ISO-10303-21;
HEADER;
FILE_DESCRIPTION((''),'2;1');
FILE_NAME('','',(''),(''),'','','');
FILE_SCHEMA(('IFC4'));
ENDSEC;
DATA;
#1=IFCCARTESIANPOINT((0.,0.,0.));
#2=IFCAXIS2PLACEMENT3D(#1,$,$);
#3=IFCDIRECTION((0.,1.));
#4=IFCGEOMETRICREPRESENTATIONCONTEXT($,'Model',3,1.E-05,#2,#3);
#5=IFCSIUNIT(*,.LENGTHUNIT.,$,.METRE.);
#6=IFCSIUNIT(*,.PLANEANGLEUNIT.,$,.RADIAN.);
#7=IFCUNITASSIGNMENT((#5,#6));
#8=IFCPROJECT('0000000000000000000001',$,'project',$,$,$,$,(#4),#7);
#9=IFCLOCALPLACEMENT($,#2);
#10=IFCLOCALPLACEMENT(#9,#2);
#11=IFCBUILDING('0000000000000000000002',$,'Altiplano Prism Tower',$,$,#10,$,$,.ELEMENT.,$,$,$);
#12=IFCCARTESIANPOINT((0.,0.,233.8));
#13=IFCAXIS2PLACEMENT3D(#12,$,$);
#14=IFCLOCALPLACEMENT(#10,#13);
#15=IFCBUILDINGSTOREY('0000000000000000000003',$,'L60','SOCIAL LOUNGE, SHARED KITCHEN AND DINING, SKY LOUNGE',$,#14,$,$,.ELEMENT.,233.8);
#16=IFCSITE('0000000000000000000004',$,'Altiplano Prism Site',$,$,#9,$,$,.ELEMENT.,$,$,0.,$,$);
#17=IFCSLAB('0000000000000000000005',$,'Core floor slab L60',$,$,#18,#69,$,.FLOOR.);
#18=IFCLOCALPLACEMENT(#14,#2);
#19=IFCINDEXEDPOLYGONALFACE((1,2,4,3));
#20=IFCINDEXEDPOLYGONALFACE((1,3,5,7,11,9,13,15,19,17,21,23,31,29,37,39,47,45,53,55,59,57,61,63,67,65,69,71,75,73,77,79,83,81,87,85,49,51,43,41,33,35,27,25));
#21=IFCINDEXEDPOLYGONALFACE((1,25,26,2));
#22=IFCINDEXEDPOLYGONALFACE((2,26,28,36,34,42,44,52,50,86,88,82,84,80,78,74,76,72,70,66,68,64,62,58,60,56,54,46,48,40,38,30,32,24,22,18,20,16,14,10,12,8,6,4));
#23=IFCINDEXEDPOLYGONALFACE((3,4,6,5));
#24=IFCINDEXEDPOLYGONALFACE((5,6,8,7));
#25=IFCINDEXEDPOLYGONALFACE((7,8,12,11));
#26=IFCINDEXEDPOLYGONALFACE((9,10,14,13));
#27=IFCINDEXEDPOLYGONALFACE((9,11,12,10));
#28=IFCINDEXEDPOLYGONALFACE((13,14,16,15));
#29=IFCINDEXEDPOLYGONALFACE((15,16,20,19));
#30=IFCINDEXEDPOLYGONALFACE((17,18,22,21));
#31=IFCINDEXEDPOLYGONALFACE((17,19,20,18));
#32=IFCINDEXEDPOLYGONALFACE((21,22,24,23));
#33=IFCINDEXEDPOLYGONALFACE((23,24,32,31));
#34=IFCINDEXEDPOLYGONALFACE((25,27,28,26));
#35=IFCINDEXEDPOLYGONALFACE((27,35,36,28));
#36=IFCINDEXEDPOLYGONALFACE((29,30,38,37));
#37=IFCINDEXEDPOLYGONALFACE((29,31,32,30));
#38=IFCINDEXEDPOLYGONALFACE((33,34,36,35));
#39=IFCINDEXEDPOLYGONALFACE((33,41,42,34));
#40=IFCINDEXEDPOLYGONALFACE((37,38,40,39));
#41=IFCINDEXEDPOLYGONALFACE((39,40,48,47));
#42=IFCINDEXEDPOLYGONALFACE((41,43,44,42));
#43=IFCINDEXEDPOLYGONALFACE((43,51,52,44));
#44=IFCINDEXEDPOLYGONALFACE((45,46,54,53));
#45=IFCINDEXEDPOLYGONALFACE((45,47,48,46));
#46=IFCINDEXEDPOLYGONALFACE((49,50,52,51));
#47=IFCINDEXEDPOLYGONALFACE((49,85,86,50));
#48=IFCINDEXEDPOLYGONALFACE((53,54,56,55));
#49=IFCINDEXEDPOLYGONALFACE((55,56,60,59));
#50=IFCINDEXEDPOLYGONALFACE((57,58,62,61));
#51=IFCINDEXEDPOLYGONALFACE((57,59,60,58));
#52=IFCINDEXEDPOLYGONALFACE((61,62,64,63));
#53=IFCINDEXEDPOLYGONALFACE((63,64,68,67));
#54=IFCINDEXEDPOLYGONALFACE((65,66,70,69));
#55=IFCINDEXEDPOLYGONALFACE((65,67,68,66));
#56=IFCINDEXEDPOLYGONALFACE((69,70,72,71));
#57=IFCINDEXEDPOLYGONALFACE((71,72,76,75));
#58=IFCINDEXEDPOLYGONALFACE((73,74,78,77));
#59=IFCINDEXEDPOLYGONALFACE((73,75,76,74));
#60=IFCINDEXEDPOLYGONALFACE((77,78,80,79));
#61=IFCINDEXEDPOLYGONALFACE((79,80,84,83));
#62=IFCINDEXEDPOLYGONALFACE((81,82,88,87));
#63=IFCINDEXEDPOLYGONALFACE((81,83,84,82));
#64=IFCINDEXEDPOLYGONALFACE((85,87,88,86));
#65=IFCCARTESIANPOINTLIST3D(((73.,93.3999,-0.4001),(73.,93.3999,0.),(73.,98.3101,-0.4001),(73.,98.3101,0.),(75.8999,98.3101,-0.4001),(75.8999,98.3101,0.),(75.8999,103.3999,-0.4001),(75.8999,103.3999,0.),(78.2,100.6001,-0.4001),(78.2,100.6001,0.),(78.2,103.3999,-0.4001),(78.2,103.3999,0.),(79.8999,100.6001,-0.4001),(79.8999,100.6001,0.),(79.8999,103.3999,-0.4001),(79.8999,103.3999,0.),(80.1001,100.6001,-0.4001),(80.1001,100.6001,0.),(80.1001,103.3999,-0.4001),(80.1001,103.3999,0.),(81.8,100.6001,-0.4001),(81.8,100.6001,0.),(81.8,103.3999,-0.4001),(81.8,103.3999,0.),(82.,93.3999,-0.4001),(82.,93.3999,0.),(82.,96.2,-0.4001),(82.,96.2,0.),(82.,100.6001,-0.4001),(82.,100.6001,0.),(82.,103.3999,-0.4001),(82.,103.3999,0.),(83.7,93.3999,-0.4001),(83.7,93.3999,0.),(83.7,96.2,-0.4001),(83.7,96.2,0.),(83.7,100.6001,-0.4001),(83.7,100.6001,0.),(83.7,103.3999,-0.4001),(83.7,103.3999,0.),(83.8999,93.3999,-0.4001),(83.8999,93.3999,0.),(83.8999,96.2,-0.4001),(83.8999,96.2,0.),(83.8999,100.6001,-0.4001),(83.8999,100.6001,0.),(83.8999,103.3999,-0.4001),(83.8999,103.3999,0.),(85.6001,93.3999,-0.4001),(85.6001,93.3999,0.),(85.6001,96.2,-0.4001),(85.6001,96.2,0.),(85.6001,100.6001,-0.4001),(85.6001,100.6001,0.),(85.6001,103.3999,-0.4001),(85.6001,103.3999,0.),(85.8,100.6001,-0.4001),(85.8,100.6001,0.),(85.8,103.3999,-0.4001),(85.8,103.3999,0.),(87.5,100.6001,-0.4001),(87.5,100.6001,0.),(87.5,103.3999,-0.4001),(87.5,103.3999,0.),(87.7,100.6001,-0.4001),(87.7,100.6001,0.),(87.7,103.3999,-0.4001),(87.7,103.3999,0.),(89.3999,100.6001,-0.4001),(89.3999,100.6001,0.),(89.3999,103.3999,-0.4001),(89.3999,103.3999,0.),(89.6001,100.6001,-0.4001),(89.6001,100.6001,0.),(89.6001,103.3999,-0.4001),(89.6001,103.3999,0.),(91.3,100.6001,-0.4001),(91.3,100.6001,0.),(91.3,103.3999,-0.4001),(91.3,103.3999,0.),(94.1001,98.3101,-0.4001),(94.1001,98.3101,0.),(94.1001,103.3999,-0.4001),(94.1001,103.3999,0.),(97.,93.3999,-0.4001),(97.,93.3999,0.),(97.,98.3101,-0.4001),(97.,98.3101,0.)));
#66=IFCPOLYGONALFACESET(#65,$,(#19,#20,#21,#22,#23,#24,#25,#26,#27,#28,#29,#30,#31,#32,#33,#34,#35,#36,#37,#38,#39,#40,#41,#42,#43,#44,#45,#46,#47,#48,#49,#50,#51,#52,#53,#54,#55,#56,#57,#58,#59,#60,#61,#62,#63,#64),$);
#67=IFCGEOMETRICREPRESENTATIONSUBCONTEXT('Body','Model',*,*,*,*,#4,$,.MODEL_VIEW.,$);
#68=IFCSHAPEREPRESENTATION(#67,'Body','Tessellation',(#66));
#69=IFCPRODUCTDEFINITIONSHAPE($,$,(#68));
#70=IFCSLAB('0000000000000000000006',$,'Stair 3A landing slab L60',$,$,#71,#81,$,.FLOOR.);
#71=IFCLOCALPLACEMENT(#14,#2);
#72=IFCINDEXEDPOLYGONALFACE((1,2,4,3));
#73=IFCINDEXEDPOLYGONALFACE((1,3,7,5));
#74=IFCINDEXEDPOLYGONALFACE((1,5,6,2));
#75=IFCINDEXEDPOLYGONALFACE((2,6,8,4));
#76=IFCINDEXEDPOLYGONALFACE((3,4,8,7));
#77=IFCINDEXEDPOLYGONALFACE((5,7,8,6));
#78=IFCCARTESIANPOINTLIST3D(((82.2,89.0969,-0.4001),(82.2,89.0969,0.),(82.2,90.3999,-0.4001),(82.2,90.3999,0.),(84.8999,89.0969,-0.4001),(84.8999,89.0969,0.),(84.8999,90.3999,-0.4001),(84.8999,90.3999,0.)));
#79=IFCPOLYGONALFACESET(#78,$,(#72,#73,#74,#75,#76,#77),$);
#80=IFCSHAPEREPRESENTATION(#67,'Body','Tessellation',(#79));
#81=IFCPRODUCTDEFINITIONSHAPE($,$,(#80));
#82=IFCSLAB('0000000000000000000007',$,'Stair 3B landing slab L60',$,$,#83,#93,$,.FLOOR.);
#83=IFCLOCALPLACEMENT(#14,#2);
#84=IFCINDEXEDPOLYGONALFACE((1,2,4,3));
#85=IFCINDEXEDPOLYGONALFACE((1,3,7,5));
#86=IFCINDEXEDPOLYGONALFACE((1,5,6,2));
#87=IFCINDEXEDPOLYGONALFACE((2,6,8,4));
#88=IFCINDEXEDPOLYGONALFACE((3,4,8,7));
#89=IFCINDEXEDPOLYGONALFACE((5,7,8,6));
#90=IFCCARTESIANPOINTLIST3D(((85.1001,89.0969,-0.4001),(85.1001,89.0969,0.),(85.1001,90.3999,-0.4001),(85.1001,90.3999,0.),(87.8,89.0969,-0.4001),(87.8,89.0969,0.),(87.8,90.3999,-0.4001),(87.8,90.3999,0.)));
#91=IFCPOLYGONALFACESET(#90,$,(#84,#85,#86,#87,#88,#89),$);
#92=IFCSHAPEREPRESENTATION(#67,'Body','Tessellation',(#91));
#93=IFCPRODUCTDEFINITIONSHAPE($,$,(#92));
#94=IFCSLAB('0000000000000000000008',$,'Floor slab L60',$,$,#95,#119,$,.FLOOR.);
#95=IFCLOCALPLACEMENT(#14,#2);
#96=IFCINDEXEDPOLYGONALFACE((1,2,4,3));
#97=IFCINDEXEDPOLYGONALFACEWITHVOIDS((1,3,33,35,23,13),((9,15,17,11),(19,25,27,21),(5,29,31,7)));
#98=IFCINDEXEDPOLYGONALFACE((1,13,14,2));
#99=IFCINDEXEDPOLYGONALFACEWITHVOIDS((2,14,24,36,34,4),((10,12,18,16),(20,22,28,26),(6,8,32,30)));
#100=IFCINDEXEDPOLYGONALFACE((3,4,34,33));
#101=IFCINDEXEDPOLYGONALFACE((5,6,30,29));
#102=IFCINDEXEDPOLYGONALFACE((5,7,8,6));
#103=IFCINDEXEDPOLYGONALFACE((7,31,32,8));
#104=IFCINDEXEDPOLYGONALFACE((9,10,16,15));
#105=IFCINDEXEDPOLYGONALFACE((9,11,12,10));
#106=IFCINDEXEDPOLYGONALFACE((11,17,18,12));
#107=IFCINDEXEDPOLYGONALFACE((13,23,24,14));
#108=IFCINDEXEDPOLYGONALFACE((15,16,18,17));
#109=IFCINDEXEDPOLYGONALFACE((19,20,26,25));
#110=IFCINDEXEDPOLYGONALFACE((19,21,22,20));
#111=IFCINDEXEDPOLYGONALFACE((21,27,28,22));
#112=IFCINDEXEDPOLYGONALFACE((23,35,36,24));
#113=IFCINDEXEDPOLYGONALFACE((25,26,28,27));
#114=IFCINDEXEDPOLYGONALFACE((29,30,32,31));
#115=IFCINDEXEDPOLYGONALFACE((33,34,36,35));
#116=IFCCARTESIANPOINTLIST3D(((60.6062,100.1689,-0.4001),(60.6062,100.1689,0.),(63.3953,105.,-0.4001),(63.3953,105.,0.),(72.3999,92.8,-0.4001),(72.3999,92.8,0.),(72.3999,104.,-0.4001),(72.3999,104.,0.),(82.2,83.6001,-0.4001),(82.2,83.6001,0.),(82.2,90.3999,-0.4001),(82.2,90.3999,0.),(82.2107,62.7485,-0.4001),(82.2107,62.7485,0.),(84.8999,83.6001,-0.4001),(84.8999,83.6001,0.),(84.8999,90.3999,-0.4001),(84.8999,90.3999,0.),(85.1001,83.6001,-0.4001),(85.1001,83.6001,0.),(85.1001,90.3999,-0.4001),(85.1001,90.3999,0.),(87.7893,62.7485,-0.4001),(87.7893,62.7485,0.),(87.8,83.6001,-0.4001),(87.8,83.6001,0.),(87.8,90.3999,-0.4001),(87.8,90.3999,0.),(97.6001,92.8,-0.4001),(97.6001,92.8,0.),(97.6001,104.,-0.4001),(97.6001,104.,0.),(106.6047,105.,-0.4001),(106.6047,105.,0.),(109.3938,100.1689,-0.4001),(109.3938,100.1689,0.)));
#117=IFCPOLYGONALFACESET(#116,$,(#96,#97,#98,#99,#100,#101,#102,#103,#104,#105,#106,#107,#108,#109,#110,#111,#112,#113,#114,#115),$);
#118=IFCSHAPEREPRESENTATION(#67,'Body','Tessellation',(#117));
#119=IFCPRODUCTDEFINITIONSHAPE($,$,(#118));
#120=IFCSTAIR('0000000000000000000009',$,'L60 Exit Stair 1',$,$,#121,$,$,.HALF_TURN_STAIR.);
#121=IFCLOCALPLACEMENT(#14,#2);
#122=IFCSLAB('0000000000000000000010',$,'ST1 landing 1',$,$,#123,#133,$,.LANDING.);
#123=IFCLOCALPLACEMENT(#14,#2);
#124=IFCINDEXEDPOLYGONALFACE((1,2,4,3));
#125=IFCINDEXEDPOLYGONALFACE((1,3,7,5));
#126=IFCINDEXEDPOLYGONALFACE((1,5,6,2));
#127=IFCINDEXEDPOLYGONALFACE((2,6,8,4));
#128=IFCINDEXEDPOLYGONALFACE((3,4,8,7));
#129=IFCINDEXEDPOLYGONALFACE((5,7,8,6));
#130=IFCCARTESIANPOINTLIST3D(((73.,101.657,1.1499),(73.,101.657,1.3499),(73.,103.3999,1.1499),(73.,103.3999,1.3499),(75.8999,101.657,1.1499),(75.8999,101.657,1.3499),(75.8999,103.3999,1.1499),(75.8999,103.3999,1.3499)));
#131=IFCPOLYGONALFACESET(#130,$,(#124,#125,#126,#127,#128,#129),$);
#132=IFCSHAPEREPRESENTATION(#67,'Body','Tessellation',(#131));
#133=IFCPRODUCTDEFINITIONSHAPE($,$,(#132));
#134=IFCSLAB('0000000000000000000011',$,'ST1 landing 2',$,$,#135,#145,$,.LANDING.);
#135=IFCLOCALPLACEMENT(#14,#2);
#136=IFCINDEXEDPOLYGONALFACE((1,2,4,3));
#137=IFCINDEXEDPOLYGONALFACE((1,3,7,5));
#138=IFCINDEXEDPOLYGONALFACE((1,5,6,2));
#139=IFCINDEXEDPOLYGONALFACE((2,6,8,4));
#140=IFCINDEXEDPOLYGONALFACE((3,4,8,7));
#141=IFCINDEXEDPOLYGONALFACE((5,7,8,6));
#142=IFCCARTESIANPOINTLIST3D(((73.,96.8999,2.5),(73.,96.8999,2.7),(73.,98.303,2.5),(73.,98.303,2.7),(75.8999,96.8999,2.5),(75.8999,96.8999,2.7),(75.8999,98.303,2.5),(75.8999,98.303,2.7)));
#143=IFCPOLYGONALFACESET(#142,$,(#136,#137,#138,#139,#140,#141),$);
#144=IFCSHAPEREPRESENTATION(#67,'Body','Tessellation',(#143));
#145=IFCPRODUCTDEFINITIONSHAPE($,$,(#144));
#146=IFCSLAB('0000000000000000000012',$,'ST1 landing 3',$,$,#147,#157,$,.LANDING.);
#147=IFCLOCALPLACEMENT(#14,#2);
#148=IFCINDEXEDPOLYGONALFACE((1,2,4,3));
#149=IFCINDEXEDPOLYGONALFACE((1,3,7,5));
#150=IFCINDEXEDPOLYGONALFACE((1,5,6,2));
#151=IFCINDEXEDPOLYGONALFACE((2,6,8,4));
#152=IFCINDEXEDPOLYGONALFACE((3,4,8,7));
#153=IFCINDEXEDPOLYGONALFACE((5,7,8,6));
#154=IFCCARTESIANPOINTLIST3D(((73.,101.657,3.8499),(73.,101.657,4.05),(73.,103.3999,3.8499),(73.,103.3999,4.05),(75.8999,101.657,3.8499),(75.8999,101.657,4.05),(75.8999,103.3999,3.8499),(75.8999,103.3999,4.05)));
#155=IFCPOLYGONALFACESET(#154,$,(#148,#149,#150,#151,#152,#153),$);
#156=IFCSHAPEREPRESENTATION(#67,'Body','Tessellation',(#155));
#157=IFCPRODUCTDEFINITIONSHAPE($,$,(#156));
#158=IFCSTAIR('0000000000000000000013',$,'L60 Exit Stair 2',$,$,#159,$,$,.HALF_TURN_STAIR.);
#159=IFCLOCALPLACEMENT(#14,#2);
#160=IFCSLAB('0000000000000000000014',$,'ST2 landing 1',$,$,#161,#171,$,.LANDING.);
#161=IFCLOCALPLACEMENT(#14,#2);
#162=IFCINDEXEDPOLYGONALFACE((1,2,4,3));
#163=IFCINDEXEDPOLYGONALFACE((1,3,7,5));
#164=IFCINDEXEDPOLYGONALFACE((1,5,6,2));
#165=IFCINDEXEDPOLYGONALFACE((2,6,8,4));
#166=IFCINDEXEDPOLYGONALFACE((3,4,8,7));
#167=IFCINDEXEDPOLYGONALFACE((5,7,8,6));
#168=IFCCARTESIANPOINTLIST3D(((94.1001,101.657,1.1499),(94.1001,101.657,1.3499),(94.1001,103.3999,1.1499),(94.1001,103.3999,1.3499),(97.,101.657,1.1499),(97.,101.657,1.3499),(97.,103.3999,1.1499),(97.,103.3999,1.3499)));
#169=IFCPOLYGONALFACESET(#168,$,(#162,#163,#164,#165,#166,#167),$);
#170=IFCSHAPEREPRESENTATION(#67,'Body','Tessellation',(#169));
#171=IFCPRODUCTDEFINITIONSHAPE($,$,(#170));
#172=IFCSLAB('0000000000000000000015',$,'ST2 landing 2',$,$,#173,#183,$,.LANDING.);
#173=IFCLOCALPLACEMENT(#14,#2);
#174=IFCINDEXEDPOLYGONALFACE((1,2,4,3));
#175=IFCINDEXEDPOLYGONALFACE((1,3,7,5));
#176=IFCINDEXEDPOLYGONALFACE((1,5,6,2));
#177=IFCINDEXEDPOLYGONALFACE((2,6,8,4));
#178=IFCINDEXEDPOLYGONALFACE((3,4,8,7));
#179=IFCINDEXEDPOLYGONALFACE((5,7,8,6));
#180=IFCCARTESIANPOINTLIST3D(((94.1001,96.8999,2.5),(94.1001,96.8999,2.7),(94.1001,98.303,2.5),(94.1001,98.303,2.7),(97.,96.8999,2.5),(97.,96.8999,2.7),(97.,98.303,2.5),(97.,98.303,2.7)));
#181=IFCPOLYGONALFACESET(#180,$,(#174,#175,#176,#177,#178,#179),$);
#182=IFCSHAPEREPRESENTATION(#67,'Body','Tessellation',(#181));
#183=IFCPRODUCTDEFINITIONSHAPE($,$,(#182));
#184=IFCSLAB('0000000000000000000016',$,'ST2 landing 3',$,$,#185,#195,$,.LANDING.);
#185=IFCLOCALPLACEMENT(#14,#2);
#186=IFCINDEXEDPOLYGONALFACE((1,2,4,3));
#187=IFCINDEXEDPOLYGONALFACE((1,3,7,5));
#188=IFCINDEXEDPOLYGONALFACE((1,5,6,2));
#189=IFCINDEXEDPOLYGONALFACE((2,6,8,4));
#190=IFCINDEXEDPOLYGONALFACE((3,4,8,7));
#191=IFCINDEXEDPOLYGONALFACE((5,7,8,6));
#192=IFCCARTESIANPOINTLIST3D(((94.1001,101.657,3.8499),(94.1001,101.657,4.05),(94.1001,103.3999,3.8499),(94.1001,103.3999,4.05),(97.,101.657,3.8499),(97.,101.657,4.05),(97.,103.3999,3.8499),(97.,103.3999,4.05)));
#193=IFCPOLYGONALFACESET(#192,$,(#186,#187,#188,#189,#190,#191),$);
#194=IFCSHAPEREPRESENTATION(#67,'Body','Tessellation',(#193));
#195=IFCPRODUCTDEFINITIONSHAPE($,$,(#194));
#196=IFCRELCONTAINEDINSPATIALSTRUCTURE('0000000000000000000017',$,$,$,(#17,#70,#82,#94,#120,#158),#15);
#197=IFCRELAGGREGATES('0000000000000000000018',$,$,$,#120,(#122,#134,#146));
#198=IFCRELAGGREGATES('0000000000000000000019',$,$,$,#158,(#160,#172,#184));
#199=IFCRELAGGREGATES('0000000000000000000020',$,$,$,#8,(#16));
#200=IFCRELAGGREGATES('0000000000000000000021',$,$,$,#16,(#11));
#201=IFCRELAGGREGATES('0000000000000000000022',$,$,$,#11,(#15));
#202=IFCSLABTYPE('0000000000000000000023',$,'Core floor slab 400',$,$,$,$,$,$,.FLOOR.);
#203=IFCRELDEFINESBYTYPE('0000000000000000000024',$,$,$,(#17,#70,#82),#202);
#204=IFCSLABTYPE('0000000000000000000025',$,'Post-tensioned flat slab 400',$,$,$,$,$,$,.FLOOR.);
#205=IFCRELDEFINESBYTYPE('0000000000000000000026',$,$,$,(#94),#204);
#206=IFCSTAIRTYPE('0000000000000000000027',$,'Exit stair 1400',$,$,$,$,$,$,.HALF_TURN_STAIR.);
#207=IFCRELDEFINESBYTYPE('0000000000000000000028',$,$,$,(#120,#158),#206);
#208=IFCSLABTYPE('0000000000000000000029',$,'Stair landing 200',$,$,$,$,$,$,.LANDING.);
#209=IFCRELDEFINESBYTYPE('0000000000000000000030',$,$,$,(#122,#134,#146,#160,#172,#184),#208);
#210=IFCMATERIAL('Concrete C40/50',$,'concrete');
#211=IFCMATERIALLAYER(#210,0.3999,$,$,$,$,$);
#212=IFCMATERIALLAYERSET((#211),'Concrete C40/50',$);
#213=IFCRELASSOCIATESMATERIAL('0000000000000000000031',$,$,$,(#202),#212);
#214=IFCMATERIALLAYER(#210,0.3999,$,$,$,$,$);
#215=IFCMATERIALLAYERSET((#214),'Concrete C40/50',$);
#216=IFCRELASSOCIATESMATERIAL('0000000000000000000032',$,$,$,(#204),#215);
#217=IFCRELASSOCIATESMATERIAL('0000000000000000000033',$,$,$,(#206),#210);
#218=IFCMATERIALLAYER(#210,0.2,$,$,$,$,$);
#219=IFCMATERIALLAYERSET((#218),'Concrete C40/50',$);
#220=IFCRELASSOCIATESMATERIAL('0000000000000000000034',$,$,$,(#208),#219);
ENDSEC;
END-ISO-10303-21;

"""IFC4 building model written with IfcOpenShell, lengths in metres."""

from ifc_helpers import new_model, si_unit, direction, frame, origin, place, context, subcontext, project, spatial, polyline, outline, extrude, material, layer, layer_set, type_object, element, aggregate, save


model = new_model("IFC4")

# Units and contexts
model_context = context("Model", 3, precision=1e-05, world=origin(), true_north=direction((0.0, 1.0)))
body_context = subcontext(model_context, "Body", "Model", "MODEL_VIEW")
ifc_project = project(units=[si_unit("LENGTHUNIT", "METRE"), si_unit("PLANEANGLEUNIT", "RADIAN")], contexts=[model_context])

# Site, building, storey
site_placement = place(None, origin())
site = spatial("IfcSite", under=ifc_project, at=site_placement, Name="Altiplano Prism Site", CompositionType="ELEMENT", RefElevation=0.0)
building_placement = place(site_placement, origin())
building = spatial("IfcBuilding", under=site, at=building_placement, Name="Altiplano Prism Tower", CompositionType="ELEMENT")
storey_placement = place(building_placement, frame((0.0, 0.0, 233.8)))
storey = spatial("IfcBuildingStorey", under=building, at=storey_placement, Name="L60", Description="SOCIAL LOUNGE, SHARED KITCHEN AND DINING, SKY LOUNGE", CompositionType="ELEMENT", Elevation=233.8)

# Slabs
ifc_material_1 = material(Name="Concrete C40/50", Category="concrete")
ifc_layer_1 = layer(ifc_material_1, 0.3999)
ifc_layer_set_1 = layer_set([ifc_layer_1], Name="Concrete C40/50")
slab_type_1 = type_object("IfcSlabType", Name="Core floor slab 400", PredefinedType="FLOOR", material=ifc_layer_set_1)
slab_1_placement = place(storey_placement, frame((0.0, 0.0, -0.4001)))
element("IfcSlab", 1, at=slab_1_placement, inside=storey, type_object=slab_type_1, Name="Core floor slab L60", PredefinedType="FLOOR", context=body_context, shape_type="SweptSolid", body=[
    extrude(outline(polyline([(97.0, 98.3101), (94.1001, 98.3101), (94.1001, 103.3999), (91.3, 103.3999), (91.3, 100.6001), (89.6001, 100.6001), (89.6001, 103.3999), (89.3999, 103.3999), (89.3999, 100.6001), (87.7, 100.6001), (87.7, 103.3999), (87.5, 103.3999), (87.5, 100.6001), (85.8, 100.6001), (85.8, 103.3999), (85.6001, 103.3999), (85.6001, 100.6001), (83.8999, 100.6001), (83.8999, 103.3999), (83.7, 103.3999), (83.7, 100.6001), (82.0, 100.6001), (82.0, 103.3999), (81.8, 103.3999), (81.8, 100.6001), (80.1001, 100.6001), (80.1001, 103.3999), (79.8999, 103.3999), (79.8999, 100.6001), (78.2, 100.6001), (78.2, 103.3999), (75.8999, 103.3999), (75.8999, 98.3101), (73.0, 98.3101), (73.0, 93.3999), (82.0, 93.3999), (82.0, 96.2), (83.7, 96.2), (83.7, 93.3999), (83.8999, 93.3999), (83.8999, 96.2), (85.6001, 96.2), (85.6001, 93.3999), (97.0, 93.3999), (97.0, 98.3101)])), origin(), (0.0, 0.0, 1.0), 0.4001),
])
slab_2_placement = place(storey_placement, frame((0.0, 0.0, -0.4001)))
element("IfcSlab", 2, at=slab_2_placement, inside=storey, type_object=slab_type_1, Name="Stair 3A landing slab L60", PredefinedType="FLOOR", context=body_context, shape_type="SweptSolid", body=[
    extrude(outline(polyline([(82.2, 89.0969), (84.8999, 89.0969), (84.8999, 90.3999), (82.2, 90.3999), (82.2, 89.0969)])), origin(), (0.0, 0.0, 1.0), 0.4001),
])
slab_3_placement = place(storey_placement, frame((0.0, 0.0, -0.4001)))
element("IfcSlab", 3, at=slab_3_placement, inside=storey, type_object=slab_type_1, Name="Stair 3B landing slab L60", PredefinedType="FLOOR", context=body_context, shape_type="SweptSolid", body=[
    extrude(outline(polyline([(85.1001, 89.0969), (87.8, 89.0969), (87.8, 90.3999), (85.1001, 90.3999), (85.1001, 89.0969)])), origin(), (0.0, 0.0, 1.0), 0.4001),
])
ifc_layer_2 = layer(ifc_material_1, 0.3999)
ifc_layer_set_2 = layer_set([ifc_layer_2], Name="Concrete C40/50")
slab_type_2 = type_object("IfcSlabType", Name="Post-tensioned flat slab 400", PredefinedType="FLOOR", material=ifc_layer_set_2)
slab_4_placement = place(storey_placement, frame((0.0, 0.0, -0.4001)))
element("IfcSlab", 4, at=slab_4_placement, inside=storey, type_object=slab_type_2, Name="Floor slab L60", PredefinedType="FLOOR", context=body_context, shape_type="SweptSolid", body=[
    extrude(outline(polyline([(82.2107, 62.7485), (60.6062, 100.1689), (63.3953, 105.0), (106.6047, 105.0), (109.3938, 100.1689), (87.7893, 62.7485), (82.2107, 62.7485)]), holes=[polyline([(72.3999, 104.0), (72.3999, 92.8), (97.6001, 92.8), (97.6001, 104.0), (72.3999, 104.0)]), polyline([(84.8999, 90.3999), (82.2, 90.3999), (82.2, 83.6001), (84.8999, 83.6001), (84.8999, 90.3999)]), polyline([(87.8, 83.6001), (87.8, 90.3999), (85.1001, 90.3999), (85.1001, 83.6001), (87.8, 83.6001)])]), origin(), (0.0, 0.0, 1.0), 0.4001),
])

# Stairs, slabs
stair_type_1 = type_object("IfcStairType", Name="Exit stair 1400", PredefinedType="HALF_TURN_STAIR", material=ifc_material_1)
stair_1_placement = place(storey_placement, origin())
stair_1 = element("IfcStair", 5, at=stair_1_placement, inside=storey, type_object=stair_type_1, Name="L60 Exit Stair 1", PredefinedType="HALF_TURN_STAIR")
ifc_layer_3 = layer(ifc_material_1, 0.2)
ifc_layer_set_3 = layer_set([ifc_layer_3], Name="Concrete C40/50")
slab_type_3 = type_object("IfcSlabType", Name="Stair landing 200", PredefinedType="LANDING", material=ifc_layer_set_3)
slab_5_placement = place(storey_placement, frame((0.0, 0.0, 1.1499)))
slab_5 = element("IfcSlab", 6, at=slab_5_placement, type_object=slab_type_3, Name="ST1 landing 1", PredefinedType="LANDING", context=body_context, shape_type="SweptSolid", body=[
    extrude(outline(polyline([(75.8999, 101.657), (75.8999, 103.3999), (73.0, 103.3999), (73.0, 101.657), (75.8999, 101.657)])), origin(), (0.0, 0.0, 1.0), 0.2),
])
slab_6_placement = place(storey_placement, frame((0.0, 0.0, 2.5)))
slab_6 = element("IfcSlab", 7, at=slab_6_placement, type_object=slab_type_3, Name="ST1 landing 2", PredefinedType="LANDING", context=body_context, shape_type="SweptSolid", body=[
    extrude(outline(polyline([(75.8999, 96.8999), (75.8999, 98.303), (73.0, 98.303), (73.0, 96.8999), (75.8999, 96.8999)])), origin(), (0.0, 0.0, 1.0), 0.2),
])
slab_7_placement = place(storey_placement, frame((0.0, 0.0, 3.8499)))
slab_7 = element("IfcSlab", 8, at=slab_7_placement, type_object=slab_type_3, Name="ST1 landing 3", PredefinedType="LANDING", context=body_context, shape_type="SweptSolid", body=[
    extrude(outline(polyline([(75.8999, 101.657), (75.8999, 103.3999), (73.0, 103.3999), (73.0, 101.657), (75.8999, 101.657)])), origin(), (0.0, 0.0, 1.0), 0.2002),
])
aggregate(stair_1, [slab_5, slab_6, slab_7])
stair_2_placement = place(storey_placement, origin())
stair_2 = element("IfcStair", 9, at=stair_2_placement, inside=storey, type_object=stair_type_1, Name="L60 Exit Stair 2", PredefinedType="HALF_TURN_STAIR")
slab_8_placement = place(storey_placement, frame((0.0, 0.0, 1.1499)))
slab_8 = element("IfcSlab", 10, at=slab_8_placement, type_object=slab_type_3, Name="ST2 landing 1", PredefinedType="LANDING", context=body_context, shape_type="SweptSolid", body=[
    extrude(outline(polyline([(97.0, 101.657), (97.0, 103.3999), (94.1001, 103.3999), (94.1001, 101.657), (97.0, 101.657)])), origin(), (0.0, 0.0, 1.0), 0.2),
])
slab_9_placement = place(storey_placement, frame((0.0, 0.0, 2.5)))
slab_9 = element("IfcSlab", 11, at=slab_9_placement, type_object=slab_type_3, Name="ST2 landing 2", PredefinedType="LANDING", context=body_context, shape_type="SweptSolid", body=[
    extrude(outline(polyline([(97.0, 96.8999), (97.0, 98.303), (94.1001, 98.303), (94.1001, 96.8999), (97.0, 96.8999)])), origin(), (0.0, 0.0, 1.0), 0.2),
])
slab_10_placement = place(storey_placement, frame((0.0, 0.0, 3.8499)))
slab_10 = element("IfcSlab", 12, at=slab_10_placement, type_object=slab_type_3, Name="ST2 landing 3", PredefinedType="LANDING", context=body_context, shape_type="SweptSolid", body=[
    extrude(outline(polyline([(97.0, 101.657), (97.0, 103.3999), (94.1001, 103.3999), (94.1001, 101.657), (97.0, 101.657)])), origin(), (0.0, 0.0, 1.0), 0.2002),
])
aggregate(stair_2, [slab_8, slab_9, slab_10])

save(model, "model.ifc")
